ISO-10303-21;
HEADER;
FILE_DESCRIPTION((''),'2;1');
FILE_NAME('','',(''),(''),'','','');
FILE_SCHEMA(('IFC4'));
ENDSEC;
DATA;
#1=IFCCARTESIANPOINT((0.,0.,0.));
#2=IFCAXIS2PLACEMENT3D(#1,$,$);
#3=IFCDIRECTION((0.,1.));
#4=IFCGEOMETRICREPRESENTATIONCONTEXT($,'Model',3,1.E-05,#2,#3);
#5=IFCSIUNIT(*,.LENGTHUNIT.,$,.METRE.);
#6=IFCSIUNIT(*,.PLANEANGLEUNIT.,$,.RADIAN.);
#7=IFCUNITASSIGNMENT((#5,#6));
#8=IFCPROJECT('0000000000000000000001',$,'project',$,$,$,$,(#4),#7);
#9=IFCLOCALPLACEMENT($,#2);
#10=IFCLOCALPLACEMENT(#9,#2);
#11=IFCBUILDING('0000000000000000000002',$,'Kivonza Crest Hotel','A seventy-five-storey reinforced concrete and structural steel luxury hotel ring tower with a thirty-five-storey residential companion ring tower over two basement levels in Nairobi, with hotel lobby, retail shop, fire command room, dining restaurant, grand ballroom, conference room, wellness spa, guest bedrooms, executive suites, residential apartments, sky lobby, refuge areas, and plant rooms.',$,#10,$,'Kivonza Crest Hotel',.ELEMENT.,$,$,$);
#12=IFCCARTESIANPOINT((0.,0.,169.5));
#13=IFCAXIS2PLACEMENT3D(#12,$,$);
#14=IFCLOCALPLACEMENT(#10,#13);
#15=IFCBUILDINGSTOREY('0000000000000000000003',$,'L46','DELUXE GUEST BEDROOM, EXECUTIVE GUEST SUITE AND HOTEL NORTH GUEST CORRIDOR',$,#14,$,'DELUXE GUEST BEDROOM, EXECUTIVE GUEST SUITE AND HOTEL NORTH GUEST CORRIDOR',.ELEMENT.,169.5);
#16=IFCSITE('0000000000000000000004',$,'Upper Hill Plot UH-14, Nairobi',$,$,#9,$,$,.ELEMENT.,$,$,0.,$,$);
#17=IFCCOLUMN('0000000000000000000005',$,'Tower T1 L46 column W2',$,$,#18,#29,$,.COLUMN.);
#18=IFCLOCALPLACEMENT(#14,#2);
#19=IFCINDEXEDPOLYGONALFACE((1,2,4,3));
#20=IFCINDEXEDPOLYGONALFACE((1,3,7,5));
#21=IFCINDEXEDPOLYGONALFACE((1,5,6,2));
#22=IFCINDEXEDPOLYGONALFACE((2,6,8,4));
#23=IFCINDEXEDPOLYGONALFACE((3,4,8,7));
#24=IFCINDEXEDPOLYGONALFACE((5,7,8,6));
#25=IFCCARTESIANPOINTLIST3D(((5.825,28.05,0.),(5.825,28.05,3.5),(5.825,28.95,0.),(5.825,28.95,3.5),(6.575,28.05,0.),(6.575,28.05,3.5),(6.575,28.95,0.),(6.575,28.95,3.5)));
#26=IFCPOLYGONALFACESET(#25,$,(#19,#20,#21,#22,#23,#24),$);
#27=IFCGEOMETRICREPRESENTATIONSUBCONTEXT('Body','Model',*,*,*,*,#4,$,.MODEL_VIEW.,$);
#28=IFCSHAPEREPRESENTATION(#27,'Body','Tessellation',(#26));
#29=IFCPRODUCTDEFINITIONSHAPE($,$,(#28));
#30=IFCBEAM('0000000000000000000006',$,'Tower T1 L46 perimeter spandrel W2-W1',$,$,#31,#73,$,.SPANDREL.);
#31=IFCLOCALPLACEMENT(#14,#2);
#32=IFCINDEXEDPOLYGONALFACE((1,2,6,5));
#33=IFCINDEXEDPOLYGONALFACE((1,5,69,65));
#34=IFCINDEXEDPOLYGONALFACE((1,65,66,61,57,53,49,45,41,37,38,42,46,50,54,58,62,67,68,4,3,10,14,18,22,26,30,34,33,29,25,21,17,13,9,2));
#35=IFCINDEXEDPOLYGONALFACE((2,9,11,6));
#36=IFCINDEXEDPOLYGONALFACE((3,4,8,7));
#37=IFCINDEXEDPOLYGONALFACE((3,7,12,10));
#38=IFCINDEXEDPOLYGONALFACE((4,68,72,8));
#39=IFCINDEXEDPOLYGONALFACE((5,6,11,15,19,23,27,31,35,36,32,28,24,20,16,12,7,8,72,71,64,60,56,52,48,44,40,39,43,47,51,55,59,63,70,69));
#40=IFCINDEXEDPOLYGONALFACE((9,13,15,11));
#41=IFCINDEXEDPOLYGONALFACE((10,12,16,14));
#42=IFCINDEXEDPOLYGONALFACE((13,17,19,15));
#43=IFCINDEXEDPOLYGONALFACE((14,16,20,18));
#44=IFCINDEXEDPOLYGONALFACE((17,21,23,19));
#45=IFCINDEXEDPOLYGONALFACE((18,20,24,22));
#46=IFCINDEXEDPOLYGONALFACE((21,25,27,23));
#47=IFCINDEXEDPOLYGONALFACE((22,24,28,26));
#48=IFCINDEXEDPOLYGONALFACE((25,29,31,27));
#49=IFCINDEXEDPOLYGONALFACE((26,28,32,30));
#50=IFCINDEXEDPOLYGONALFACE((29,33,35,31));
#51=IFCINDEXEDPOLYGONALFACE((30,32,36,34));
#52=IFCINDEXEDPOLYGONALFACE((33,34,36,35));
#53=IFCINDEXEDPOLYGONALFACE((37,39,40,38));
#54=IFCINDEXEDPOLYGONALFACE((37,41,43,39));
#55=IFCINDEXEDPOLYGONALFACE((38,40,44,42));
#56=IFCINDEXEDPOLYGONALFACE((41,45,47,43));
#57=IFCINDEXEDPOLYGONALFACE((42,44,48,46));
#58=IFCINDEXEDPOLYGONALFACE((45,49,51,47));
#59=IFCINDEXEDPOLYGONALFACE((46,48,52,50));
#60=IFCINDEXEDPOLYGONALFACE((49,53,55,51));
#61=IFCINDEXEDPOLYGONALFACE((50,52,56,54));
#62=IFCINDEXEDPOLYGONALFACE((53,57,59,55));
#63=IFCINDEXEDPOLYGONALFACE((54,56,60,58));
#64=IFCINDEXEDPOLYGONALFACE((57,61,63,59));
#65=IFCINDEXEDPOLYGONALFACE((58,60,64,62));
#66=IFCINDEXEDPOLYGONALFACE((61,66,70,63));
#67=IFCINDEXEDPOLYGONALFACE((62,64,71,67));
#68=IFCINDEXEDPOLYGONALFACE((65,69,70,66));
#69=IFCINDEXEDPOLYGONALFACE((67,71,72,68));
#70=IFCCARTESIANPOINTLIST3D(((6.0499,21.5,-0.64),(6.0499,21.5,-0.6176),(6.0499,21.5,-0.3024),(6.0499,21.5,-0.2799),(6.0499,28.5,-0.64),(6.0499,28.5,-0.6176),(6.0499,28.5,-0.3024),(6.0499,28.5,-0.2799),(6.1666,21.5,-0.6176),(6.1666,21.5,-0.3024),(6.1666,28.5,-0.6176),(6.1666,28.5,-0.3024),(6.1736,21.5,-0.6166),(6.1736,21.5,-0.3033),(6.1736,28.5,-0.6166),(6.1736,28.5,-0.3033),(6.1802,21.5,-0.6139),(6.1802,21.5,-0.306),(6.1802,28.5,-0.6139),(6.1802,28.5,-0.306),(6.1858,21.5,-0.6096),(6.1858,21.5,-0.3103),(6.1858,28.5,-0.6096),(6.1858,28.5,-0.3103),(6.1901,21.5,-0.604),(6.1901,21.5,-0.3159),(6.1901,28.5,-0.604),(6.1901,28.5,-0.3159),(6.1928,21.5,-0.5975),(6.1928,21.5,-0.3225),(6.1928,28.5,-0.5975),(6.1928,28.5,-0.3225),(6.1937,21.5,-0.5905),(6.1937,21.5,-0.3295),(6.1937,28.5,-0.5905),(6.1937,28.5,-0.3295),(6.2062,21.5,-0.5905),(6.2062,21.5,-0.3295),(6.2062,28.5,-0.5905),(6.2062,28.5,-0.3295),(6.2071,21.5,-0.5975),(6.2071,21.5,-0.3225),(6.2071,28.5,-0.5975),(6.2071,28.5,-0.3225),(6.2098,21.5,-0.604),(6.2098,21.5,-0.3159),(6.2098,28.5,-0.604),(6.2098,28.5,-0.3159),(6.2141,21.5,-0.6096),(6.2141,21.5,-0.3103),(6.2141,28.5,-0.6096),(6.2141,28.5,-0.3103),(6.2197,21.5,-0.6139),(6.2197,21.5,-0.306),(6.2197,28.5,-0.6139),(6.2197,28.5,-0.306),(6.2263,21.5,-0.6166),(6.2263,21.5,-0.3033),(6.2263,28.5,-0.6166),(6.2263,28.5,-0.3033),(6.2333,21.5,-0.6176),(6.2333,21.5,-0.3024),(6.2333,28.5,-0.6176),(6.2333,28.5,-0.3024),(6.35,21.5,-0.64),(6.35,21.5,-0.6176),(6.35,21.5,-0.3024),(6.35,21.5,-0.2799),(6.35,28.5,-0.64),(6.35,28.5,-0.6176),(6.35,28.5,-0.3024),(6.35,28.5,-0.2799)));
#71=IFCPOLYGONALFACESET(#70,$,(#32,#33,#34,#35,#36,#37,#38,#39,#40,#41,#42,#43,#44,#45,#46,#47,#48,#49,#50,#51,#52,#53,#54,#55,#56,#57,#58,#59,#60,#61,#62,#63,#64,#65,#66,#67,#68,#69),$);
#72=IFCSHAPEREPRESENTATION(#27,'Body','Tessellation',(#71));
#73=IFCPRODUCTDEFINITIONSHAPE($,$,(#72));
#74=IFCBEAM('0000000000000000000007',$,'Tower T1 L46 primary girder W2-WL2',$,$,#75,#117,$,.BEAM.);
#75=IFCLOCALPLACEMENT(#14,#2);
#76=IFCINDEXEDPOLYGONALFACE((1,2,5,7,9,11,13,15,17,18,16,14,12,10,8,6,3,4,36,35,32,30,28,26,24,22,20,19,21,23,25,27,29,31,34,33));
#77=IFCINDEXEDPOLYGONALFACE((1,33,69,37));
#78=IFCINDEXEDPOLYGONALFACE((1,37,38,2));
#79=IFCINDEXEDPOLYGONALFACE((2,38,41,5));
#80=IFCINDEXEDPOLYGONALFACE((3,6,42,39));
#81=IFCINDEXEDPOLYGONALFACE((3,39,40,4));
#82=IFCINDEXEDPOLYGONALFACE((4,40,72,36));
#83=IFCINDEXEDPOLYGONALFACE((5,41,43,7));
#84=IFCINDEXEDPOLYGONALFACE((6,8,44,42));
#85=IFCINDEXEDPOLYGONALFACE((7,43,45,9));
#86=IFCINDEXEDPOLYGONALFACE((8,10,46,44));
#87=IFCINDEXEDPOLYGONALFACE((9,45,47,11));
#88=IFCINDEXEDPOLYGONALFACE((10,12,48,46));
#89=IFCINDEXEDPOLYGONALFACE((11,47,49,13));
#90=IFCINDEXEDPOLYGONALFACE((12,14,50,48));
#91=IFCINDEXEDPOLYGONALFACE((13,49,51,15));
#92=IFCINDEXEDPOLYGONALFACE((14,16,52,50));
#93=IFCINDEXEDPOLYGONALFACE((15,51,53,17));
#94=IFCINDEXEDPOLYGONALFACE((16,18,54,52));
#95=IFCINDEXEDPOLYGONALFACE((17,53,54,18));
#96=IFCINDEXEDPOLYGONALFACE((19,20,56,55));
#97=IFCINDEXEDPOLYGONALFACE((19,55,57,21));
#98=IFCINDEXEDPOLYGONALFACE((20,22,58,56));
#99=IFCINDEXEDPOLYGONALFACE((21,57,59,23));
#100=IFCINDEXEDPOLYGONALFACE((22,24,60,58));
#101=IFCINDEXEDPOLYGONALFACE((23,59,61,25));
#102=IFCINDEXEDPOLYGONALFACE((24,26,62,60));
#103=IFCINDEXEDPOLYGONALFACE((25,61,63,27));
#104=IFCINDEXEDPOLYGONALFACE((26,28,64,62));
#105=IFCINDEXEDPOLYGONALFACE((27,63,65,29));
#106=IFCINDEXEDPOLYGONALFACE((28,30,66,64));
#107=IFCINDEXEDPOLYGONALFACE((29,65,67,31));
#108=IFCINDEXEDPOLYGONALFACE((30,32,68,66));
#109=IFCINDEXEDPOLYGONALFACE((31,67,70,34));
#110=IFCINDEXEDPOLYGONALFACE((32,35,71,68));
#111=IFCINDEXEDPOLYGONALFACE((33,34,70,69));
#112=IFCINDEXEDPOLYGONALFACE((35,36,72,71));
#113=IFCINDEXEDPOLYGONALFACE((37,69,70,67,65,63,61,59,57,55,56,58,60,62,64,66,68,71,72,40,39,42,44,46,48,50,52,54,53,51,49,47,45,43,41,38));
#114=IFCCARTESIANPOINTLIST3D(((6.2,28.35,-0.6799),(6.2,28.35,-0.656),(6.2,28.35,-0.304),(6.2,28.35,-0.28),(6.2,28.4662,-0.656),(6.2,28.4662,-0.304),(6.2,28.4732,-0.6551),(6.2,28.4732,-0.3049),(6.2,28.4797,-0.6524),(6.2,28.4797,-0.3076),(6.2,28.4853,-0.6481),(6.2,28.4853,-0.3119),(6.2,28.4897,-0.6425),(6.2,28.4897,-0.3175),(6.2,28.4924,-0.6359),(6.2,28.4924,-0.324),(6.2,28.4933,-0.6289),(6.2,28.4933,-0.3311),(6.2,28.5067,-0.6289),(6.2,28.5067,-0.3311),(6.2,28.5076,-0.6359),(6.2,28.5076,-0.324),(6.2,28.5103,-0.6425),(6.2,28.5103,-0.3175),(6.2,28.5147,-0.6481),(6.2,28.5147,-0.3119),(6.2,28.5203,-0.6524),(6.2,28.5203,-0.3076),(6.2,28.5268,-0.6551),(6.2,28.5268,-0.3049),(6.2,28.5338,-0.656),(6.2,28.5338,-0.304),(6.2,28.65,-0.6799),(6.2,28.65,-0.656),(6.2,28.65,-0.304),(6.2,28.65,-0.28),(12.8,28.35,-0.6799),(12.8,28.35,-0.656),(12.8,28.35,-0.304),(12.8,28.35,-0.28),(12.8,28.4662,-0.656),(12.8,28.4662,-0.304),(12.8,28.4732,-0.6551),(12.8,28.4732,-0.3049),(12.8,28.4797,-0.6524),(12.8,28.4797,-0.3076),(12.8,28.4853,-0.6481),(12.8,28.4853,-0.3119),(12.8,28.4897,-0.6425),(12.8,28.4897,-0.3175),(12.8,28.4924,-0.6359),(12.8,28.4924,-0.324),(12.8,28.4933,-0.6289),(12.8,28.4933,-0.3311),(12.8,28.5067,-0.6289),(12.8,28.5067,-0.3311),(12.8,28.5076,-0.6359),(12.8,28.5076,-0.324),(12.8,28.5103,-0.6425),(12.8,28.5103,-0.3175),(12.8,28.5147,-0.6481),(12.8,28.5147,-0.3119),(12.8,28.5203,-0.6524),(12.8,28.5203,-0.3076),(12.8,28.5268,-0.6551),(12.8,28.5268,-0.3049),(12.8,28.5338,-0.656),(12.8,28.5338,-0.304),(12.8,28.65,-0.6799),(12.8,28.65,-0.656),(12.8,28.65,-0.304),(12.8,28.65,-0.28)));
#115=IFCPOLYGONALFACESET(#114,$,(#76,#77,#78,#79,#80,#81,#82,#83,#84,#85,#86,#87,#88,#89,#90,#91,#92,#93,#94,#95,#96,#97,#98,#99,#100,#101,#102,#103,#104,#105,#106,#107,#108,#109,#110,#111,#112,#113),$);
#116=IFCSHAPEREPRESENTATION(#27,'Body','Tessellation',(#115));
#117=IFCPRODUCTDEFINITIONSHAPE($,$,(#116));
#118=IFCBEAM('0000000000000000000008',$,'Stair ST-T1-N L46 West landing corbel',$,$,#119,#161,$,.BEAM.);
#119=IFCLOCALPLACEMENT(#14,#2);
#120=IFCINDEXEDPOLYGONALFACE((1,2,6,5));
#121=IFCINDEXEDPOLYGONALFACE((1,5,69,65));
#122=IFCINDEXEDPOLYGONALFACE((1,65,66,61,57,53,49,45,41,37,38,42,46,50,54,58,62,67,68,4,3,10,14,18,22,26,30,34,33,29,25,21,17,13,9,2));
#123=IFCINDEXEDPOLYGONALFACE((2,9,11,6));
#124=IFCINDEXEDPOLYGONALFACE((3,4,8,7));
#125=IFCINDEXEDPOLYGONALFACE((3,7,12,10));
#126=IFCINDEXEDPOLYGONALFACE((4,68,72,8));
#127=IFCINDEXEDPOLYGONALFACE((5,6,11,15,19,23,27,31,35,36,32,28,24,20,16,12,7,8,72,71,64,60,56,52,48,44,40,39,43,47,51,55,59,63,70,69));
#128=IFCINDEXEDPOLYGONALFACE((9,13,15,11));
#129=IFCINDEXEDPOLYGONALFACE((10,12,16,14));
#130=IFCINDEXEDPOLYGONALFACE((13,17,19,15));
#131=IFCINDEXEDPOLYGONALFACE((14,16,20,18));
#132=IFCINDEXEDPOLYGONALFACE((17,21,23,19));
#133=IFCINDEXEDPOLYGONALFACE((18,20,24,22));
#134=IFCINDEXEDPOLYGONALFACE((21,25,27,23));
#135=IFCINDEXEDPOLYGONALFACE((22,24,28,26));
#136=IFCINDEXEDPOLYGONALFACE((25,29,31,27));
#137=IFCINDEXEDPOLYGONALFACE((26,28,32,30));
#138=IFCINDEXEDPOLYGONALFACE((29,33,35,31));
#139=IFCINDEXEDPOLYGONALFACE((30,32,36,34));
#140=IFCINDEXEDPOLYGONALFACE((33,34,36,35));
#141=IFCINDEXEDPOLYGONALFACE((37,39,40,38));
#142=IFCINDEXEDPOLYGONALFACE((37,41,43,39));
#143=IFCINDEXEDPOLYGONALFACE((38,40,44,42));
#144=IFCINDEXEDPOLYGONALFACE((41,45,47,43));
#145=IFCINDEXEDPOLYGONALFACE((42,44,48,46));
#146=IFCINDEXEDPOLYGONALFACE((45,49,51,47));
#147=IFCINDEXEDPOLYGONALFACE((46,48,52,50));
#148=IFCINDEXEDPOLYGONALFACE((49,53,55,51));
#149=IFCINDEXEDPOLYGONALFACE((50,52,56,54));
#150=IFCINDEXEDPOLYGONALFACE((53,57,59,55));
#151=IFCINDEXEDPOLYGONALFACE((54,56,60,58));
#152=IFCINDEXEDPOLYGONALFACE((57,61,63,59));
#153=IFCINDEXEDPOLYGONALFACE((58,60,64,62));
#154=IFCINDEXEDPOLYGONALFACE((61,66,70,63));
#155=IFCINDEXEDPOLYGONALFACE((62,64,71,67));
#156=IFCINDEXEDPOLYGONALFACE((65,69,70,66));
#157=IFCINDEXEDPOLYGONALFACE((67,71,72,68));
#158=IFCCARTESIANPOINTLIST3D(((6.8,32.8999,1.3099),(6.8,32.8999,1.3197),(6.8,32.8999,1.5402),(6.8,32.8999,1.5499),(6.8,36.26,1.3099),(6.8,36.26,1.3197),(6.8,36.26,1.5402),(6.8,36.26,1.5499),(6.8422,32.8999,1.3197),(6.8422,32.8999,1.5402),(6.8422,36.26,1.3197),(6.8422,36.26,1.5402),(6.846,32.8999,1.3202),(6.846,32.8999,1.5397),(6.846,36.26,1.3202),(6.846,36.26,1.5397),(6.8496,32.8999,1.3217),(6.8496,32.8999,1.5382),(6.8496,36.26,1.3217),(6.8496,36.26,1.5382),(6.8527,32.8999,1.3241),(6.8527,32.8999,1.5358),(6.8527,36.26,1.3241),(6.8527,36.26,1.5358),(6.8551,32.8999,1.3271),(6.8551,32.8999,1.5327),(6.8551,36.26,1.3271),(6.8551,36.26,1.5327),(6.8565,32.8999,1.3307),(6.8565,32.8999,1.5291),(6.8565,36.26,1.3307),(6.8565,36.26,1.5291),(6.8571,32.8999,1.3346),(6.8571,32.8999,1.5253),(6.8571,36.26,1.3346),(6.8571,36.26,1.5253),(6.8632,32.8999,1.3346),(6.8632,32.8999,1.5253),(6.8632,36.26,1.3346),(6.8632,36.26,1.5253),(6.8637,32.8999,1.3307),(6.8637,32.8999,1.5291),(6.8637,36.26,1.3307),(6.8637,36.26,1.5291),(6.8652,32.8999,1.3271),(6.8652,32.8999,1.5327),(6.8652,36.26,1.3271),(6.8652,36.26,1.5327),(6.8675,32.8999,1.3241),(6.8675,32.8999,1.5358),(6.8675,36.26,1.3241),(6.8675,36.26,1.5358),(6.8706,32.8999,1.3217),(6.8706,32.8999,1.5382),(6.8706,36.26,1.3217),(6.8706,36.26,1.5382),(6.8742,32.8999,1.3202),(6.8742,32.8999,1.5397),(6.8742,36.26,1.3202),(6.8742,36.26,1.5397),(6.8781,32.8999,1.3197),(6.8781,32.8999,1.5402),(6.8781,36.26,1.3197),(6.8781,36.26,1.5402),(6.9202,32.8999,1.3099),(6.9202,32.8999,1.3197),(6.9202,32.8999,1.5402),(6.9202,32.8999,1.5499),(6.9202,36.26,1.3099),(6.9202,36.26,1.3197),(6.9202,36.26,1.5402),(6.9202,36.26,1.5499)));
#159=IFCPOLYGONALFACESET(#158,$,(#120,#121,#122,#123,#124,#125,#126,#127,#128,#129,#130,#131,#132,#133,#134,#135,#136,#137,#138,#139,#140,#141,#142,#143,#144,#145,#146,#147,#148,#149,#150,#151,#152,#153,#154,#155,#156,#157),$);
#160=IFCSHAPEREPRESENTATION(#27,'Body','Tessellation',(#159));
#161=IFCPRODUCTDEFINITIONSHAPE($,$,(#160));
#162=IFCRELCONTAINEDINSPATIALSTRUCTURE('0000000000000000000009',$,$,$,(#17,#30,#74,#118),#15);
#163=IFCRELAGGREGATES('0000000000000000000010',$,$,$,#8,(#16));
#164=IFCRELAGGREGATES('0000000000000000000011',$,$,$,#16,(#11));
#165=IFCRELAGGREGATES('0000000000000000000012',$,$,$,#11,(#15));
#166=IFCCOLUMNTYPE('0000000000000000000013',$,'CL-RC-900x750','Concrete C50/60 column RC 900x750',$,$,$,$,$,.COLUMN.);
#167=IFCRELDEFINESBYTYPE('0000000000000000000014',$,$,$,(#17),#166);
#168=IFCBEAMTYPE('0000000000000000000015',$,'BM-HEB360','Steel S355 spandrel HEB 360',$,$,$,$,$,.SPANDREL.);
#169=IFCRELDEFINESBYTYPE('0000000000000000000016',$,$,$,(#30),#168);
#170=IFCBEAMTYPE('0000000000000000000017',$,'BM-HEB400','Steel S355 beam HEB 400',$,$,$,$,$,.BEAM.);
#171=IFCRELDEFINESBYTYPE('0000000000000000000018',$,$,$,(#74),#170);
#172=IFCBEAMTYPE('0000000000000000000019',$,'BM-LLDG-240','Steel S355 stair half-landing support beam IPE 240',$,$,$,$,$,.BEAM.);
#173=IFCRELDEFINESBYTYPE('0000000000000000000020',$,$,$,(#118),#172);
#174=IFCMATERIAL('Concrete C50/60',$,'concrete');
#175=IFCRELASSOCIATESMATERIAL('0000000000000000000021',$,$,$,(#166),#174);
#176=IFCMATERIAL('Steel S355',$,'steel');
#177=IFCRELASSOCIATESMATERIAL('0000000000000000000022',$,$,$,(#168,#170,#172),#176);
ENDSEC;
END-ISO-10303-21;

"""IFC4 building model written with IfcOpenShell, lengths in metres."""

from ifc_helpers import new_model, si_unit, direction, frame, origin, origin_2d, place, context, subcontext, project, spatial, rectangle, i_section, extrude, material, material_profile, profile_set, type_object, element, save


model = new_model("IFC4")

# Units and contexts
model_context = context("Model", 3, precision=1e-05, world=origin(), true_north=direction((0.0, 1.0)))
body_context = subcontext(model_context, "Body", "Model", "MODEL_VIEW")
ifc_project = project(units=[si_unit("LENGTHUNIT", "METRE"), si_unit("PLANEANGLEUNIT", "RADIAN")], contexts=[model_context])

# Site, building, storey
site_placement = place(None, origin())
site = spatial("IfcSite", under=ifc_project, at=site_placement, Name="Upper Hill Plot UH-14, Nairobi", CompositionType="ELEMENT", RefElevation=0.0)
building_placement = place(site_placement, origin())
building = spatial("IfcBuilding", under=site, at=building_placement, Name="Kivonza Crest Hotel", Description="A seventy-five-storey reinforced concrete and structural steel luxury hotel ring tower with a thirty-five-storey residential companion ring tower over two basement levels in Nairobi, with hotel lobby, retail shop, fire command room, dining restaurant, grand ballroom, conference room, wellness spa, guest bedrooms, executive suites, residential apartments, sky lobby, refuge areas, and plant rooms.", LongName="Kivonza Crest Hotel", CompositionType="ELEMENT")
storey_placement = place(building_placement, frame((0.0, 0.0, 169.5)))
storey = spatial("IfcBuildingStorey", under=building, at=storey_placement, Name="L46", Description="DELUXE GUEST BEDROOM, EXECUTIVE GUEST SUITE AND HOTEL NORTH GUEST CORRIDOR", LongName="DELUXE GUEST BEDROOM, EXECUTIVE GUEST SUITE AND HOTEL NORTH GUEST CORRIDOR", CompositionType="ELEMENT", Elevation=169.5)

# Column
ifc_material_1 = material(Name="Concrete C50/60", Category="concrete")
ifc_material_profile_1 = material_profile(ifc_material_1, rectangle(XDim=0.75, YDim=0.8999, at=origin_2d()), Name="RC 900x750")
ifc_profile_set_1 = profile_set([ifc_material_profile_1], Name="Concrete C50/60")
column_type = type_object("IfcColumnType", Name="CL-RC-900x750", Description="Concrete C50/60 column RC 900x750", PredefinedType="COLUMN", material=ifc_profile_set_1)
column_placement = place(storey_placement, frame((6.2, 28.5, 0.0), z_axis=(0.0, 0.0, 1.0), x_axis=(1.0, 0.0, 0.0)))
element("IfcColumn", 1, at=column_placement, inside=storey, type_object=column_type, Name="Tower T1 L46 column W2", PredefinedType="COLUMN", context=body_context, shape_type="SweptSolid", body=[
    extrude(rectangle(XDim=0.75, YDim=0.8999, at=origin_2d()), origin(), (0.0, 0.0, 1.0), 3.5),
])

# Beams
ifc_material_2 = material(Name="Steel S355", Category="steel")
ifc_material_profile_2 = material_profile(ifc_material_2, i_section(OverallWidth=0.3, OverallDepth=0.3601, WebThickness=0.0125, FlangeThickness=0.0225, FilletRadius=0.0271, at=origin_2d()), Name="HEB 360")
ifc_profile_set_2 = profile_set([ifc_material_profile_2], Name="Steel S355")
beam_type_1 = type_object("IfcBeamType", Name="BM-HEB360", Description="Steel S355 spandrel HEB 360", PredefinedType="SPANDREL", material=ifc_profile_set_2)
beam_1_placement = place(storey_placement, frame((6.2, 28.5, -0.46), z_axis=(0.0, -1.0, 0.0), x_axis=(1.0, 0.0, 0.0)))
element("IfcBeam", 2, at=beam_1_placement, inside=storey, type_object=beam_type_1, Name="Tower T1 L46 perimeter spandrel W2-W1", PredefinedType="SPANDREL", context=body_context, shape_type="SweptSolid", body=[
    extrude(i_section(OverallWidth=0.3, OverallDepth=0.3601, WebThickness=0.0125, FlangeThickness=0.0225, FilletRadius=0.0271, at=origin_2d()), origin(), (0.0, 0.0, 1.0), 7.0),
])
ifc_material_profile_3 = material_profile(ifc_material_2, i_section(OverallWidth=0.3, OverallDepth=0.3999, WebThickness=0.0134, FlangeThickness=0.0239, FilletRadius=0.0271, at=origin_2d()), Name="HEB 400")
ifc_profile_set_3 = profile_set([ifc_material_profile_3], Name="Steel S355")
beam_type_2 = type_object("IfcBeamType", Name="BM-HEB400", Description="Steel S355 beam HEB 400", PredefinedType="BEAM", material=ifc_profile_set_3)
beam_2_placement = place(storey_placement, frame((6.2, 28.5, -0.48), z_axis=(1.0, 0.0, 0.0), x_axis=(0.0, 1.0, 0.0)))
element("IfcBeam", 3, at=beam_2_placement, inside=storey, type_object=beam_type_2, Name="Tower T1 L46 primary girder W2-WL2", PredefinedType="BEAM", context=body_context, shape_type="SweptSolid", body=[
    extrude(i_section(OverallWidth=0.3, OverallDepth=0.3999, WebThickness=0.0134, FlangeThickness=0.0239, FilletRadius=0.0271, at=origin_2d()), origin(), (0.0, 0.0, 1.0), 6.6001),
])
ifc_material_profile_4 = material_profile(ifc_material_2, i_section(OverallWidth=0.1201, OverallDepth=0.24, WebThickness=0.0061, FlangeThickness=0.0098, FilletRadius=0.0149, at=origin_2d()), Name="IPE 240")
ifc_profile_set_4 = profile_set([ifc_material_profile_4], Name="Steel S355")
beam_type_3 = type_object("IfcBeamType", Name="BM-LLDG-240", Description="Steel S355 stair half-landing support beam IPE 240", PredefinedType="BEAM", material=ifc_profile_set_4)
beam_3_placement = place(storey_placement, frame((6.8601, 32.8999, 1.4299), z_axis=(0.0, 1.0, 0.0), x_axis=(-1.0, 0.0, 0.0)))
element("IfcBeam", 4, at=beam_3_placement, inside=storey, type_object=beam_type_3, Name="Stair ST-T1-N L46 West landing corbel", PredefinedType="BEAM", context=body_context, shape_type="SweptSolid", body=[
    extrude(i_section(OverallWidth=0.1201, OverallDepth=0.24, WebThickness=0.0061, FlangeThickness=0.0098, FilletRadius=0.0149, at=origin_2d()), origin(), (0.0, 0.0, 1.0), 3.3601),
])

save(model, "model.ifc")
